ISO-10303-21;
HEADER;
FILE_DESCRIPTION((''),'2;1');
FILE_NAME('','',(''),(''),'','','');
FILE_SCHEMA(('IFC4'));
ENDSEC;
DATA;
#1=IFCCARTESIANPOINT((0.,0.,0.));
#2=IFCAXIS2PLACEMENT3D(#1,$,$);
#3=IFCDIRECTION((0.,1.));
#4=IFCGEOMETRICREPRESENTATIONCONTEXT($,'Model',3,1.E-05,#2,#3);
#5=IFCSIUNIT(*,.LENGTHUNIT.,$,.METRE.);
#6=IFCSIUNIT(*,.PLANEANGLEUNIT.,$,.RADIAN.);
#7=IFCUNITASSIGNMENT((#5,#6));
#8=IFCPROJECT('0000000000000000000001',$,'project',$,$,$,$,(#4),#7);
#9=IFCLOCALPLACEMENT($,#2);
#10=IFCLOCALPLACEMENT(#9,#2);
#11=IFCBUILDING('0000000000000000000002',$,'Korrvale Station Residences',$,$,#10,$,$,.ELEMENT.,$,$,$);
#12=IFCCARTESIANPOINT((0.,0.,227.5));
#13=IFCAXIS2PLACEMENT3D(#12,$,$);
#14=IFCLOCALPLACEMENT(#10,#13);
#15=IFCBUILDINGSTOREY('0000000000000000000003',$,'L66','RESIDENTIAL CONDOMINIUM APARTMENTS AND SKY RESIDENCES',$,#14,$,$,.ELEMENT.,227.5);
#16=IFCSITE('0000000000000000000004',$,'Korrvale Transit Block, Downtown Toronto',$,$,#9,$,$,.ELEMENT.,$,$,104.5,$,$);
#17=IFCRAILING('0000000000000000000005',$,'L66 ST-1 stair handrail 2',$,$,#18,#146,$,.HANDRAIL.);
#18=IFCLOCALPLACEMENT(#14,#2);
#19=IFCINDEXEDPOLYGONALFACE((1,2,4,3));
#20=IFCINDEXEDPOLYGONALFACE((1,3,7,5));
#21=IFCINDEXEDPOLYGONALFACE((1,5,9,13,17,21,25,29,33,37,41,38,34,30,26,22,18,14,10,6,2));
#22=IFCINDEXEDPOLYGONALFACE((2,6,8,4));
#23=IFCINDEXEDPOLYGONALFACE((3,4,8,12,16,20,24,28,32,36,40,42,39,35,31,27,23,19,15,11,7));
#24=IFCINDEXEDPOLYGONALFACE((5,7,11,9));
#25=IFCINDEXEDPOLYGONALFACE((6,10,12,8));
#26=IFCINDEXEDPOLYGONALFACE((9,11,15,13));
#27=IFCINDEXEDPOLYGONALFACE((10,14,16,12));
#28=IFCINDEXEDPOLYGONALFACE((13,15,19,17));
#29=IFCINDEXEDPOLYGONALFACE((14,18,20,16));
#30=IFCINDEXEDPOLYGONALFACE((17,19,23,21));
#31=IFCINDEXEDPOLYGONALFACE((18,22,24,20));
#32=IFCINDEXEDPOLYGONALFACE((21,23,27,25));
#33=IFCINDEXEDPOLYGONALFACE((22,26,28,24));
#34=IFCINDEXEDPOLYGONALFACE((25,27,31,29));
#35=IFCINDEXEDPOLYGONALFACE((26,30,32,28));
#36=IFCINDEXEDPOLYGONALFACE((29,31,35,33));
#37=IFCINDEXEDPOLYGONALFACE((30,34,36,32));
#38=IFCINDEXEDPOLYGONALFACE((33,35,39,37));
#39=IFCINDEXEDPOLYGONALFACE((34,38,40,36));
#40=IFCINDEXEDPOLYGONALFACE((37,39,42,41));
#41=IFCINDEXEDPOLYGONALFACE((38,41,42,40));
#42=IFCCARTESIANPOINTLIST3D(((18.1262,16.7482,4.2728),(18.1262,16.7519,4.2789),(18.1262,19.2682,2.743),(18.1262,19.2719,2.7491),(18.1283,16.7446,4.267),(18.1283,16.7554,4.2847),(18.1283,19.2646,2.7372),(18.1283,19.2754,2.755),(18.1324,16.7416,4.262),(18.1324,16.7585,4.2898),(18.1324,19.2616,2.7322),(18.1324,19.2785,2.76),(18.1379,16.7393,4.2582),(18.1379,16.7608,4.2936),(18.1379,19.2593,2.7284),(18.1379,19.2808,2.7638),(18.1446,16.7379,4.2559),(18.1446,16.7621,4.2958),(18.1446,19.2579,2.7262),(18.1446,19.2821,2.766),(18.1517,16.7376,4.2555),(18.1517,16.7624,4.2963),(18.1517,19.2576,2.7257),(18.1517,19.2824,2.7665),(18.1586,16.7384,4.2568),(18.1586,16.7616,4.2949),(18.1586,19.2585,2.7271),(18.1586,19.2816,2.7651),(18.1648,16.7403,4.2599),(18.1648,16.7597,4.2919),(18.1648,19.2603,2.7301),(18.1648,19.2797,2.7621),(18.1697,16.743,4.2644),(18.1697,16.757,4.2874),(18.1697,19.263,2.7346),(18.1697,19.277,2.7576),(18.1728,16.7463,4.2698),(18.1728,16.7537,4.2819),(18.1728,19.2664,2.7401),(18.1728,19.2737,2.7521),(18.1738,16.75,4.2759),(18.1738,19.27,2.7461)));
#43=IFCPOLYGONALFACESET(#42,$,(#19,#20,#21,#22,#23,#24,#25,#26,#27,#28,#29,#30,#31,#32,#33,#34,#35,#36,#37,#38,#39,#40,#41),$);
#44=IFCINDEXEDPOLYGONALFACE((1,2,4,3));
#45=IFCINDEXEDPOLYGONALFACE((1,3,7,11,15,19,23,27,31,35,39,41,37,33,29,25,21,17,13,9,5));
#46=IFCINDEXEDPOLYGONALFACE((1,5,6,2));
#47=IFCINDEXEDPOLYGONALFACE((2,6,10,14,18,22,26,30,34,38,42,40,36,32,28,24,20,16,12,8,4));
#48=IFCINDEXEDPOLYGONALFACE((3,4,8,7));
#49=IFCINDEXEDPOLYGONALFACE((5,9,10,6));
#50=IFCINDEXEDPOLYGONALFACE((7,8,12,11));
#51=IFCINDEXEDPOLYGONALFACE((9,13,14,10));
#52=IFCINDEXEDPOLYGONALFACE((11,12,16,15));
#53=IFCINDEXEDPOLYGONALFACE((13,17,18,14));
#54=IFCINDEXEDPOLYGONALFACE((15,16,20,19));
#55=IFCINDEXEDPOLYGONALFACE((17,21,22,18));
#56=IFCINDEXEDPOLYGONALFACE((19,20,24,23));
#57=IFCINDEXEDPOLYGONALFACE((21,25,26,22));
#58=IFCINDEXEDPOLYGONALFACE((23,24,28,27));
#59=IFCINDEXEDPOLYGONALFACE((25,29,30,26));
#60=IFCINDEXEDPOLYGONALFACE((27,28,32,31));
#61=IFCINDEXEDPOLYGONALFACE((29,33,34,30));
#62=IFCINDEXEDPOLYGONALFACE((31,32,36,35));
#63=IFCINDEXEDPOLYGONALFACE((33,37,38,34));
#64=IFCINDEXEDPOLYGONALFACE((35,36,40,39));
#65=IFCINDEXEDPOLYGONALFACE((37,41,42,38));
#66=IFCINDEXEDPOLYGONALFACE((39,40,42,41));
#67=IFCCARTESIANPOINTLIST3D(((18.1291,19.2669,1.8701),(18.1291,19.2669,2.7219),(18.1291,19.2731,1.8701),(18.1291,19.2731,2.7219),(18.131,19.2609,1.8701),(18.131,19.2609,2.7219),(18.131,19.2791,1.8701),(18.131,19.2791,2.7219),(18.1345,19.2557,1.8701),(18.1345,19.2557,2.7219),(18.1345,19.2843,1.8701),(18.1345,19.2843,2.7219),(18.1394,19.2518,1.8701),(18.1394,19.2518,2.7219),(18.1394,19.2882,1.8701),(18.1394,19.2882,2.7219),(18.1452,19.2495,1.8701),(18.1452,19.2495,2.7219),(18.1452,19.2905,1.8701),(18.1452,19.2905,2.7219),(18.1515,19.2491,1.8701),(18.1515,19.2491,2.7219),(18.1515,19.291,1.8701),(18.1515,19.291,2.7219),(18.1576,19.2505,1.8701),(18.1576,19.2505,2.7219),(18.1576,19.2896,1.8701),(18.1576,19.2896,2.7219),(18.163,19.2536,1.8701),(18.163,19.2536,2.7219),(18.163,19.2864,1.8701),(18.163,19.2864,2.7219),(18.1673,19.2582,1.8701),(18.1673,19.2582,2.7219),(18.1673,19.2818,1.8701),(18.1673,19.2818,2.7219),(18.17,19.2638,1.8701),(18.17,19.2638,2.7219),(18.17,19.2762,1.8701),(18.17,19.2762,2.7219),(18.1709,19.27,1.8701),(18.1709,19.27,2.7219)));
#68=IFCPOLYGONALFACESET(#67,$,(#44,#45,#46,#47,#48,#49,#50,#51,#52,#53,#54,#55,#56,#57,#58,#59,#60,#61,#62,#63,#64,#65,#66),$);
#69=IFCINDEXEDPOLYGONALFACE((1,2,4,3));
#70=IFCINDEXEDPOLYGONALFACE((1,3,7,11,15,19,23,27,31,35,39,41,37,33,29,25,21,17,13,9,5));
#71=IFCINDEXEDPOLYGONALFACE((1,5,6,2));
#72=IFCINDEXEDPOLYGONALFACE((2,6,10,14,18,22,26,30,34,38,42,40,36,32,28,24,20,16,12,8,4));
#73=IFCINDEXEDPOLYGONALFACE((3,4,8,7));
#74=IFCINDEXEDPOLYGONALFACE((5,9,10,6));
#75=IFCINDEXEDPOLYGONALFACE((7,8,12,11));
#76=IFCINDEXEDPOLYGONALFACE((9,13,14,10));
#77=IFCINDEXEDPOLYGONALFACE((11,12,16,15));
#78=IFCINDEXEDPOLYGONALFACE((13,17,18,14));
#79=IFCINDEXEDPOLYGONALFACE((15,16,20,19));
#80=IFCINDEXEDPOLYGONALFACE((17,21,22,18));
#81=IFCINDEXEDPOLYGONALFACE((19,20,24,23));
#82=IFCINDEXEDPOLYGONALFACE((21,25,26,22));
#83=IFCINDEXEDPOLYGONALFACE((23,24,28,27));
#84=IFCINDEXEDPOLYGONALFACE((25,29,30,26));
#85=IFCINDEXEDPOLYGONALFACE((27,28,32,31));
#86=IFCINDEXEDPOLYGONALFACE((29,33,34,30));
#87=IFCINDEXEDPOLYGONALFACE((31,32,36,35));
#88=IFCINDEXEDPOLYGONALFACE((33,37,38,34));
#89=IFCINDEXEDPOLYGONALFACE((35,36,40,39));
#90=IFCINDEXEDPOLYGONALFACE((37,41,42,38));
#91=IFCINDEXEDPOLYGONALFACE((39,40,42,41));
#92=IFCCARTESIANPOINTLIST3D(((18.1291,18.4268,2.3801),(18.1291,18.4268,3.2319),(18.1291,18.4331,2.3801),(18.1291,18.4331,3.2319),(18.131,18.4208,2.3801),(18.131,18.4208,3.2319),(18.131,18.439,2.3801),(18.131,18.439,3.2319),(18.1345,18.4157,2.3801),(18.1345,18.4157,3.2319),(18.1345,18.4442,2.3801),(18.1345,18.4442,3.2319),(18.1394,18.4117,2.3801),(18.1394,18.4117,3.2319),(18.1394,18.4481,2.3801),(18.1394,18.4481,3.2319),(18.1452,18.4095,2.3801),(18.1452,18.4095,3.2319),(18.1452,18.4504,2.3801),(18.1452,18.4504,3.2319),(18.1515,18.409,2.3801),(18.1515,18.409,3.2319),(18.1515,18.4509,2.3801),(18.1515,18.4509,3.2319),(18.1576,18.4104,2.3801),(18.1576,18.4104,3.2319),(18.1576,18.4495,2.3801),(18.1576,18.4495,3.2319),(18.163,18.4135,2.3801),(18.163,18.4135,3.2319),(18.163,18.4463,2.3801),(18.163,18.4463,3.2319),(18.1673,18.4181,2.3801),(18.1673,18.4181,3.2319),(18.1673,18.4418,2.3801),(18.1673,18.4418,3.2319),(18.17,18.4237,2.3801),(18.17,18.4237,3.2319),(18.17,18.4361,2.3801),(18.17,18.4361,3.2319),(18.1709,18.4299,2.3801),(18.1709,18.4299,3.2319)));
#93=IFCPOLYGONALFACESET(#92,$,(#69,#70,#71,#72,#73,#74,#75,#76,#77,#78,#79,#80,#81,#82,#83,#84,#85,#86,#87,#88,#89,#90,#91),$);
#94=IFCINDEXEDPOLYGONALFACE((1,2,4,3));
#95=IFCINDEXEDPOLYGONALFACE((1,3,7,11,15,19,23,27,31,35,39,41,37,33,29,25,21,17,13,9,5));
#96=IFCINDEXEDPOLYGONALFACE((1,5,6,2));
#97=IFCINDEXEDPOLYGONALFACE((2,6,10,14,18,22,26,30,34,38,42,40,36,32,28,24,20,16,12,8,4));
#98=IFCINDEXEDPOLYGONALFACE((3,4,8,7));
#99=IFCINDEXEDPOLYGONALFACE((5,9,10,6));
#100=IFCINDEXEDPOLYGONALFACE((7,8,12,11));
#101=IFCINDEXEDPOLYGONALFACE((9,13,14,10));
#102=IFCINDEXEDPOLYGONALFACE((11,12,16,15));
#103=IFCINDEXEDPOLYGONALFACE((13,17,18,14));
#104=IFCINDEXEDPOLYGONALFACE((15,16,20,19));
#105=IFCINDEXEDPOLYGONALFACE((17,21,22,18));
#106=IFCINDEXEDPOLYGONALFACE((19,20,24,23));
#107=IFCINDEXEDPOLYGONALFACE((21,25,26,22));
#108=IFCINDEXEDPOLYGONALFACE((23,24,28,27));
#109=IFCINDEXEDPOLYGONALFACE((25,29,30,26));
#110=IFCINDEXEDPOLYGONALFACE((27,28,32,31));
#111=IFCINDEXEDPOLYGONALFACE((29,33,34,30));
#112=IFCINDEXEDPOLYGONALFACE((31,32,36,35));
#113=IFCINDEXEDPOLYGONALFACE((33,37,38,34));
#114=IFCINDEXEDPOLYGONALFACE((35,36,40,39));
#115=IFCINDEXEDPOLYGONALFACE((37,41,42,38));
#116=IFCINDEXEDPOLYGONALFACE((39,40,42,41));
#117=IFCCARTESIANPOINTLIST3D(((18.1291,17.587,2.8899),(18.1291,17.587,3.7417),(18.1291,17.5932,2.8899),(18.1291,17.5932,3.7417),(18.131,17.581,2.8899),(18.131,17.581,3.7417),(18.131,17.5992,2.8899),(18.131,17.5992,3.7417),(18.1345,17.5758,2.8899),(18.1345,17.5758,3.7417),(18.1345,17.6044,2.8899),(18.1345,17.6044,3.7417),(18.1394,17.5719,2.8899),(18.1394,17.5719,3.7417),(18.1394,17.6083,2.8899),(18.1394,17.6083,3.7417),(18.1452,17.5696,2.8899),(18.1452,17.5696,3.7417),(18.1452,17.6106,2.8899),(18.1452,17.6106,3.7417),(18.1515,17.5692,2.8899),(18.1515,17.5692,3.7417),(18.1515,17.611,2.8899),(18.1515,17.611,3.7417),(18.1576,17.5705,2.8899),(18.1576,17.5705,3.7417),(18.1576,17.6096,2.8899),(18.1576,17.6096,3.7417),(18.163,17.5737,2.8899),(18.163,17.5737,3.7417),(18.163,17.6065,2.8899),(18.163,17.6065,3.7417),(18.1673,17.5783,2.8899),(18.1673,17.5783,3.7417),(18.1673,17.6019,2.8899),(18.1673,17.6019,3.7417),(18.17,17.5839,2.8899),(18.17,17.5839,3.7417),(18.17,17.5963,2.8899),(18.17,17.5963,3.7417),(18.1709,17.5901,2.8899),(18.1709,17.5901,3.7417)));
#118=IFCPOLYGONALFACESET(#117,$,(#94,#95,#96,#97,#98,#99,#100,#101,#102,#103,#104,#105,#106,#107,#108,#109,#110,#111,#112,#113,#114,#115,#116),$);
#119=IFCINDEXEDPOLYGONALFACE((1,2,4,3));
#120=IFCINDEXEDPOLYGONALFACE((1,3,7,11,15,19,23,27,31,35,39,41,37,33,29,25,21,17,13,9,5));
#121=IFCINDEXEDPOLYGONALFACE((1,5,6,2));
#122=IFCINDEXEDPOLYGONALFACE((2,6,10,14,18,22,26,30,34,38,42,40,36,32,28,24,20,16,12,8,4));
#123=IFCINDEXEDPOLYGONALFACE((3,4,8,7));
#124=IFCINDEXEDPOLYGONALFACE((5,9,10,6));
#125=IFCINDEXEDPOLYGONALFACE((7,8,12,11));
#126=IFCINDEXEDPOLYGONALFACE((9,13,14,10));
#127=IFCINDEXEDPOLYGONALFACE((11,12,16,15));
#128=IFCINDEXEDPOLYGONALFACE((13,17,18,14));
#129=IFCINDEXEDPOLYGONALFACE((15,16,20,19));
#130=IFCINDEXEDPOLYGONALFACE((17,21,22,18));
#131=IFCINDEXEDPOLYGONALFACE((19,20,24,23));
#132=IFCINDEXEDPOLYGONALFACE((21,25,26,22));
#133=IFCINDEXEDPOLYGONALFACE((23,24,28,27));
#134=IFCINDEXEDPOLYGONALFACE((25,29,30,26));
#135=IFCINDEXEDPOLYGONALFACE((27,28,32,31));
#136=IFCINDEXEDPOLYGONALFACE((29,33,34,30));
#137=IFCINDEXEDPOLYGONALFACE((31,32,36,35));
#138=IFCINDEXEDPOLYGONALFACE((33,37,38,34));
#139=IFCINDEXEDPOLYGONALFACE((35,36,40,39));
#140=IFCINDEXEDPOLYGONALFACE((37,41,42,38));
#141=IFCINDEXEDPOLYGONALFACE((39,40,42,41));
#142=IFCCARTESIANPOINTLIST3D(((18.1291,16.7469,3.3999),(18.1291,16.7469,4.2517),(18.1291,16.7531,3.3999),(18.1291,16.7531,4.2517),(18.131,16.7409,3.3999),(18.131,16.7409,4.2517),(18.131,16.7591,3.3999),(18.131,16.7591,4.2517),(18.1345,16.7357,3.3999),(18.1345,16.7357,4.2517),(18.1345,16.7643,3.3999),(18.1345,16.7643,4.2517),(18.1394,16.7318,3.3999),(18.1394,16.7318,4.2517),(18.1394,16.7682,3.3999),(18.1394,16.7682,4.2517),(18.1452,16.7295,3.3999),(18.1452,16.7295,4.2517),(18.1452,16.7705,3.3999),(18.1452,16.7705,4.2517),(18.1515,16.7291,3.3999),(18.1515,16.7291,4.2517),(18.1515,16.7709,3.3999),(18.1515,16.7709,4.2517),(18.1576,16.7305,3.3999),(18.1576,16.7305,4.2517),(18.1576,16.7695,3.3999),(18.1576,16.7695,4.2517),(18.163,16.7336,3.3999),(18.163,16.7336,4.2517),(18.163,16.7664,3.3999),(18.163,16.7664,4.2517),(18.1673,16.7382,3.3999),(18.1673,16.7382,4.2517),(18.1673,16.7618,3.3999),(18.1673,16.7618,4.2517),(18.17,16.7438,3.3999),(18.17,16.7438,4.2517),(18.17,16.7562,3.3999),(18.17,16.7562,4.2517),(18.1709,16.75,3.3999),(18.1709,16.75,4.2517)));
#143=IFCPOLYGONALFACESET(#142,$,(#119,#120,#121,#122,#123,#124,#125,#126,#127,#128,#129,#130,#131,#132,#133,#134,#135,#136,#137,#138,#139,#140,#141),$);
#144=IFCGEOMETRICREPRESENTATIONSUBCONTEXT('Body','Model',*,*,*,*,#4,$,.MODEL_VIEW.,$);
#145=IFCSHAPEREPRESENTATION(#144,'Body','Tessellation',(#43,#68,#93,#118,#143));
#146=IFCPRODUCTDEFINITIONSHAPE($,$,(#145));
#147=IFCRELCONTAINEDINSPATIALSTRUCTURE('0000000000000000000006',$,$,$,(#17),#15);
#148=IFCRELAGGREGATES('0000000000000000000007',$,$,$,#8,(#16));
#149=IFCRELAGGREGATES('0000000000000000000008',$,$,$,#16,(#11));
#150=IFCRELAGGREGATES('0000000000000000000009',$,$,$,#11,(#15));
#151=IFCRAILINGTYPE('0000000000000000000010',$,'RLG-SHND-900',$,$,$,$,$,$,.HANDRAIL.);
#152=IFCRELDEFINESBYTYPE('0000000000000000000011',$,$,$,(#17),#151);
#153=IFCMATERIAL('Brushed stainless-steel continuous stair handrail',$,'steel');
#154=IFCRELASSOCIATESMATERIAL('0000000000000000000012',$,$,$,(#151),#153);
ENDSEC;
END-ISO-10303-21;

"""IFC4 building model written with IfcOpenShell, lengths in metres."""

from ifc_helpers import new_model, si_unit, direction, frame, origin, origin_2d, place, context, subcontext, project, spatial, circle, extrude, material, type_object, element, save


model = new_model("IFC4")

# Units and contexts
model_context = context("Model", 3, precision=1e-05, world=origin(), true_north=direction((0.0, 1.0)))
body_context = subcontext(model_context, "Body", "Model", "MODEL_VIEW")
ifc_project = project(units=[si_unit("LENGTHUNIT", "METRE"), si_unit("PLANEANGLEUNIT", "RADIAN")], contexts=[model_context])

# Site, building, storey
site_placement = place(None, origin())
site = spatial("IfcSite", under=ifc_project, at=site_placement, Name="Korrvale Transit Block, Downtown Toronto", CompositionType="ELEMENT", RefElevation=104.5)
building_placement = place(site_placement, origin())
building = spatial("IfcBuilding", under=site, at=building_placement, Name="Korrvale Station Residences", CompositionType="ELEMENT")
storey_placement = place(building_placement, frame((0.0, 0.0, 227.5)))
storey = spatial("IfcBuildingStorey", under=building, at=storey_placement, Name="L66", Description="RESIDENTIAL CONDOMINIUM APARTMENTS AND SKY RESIDENCES", CompositionType="ELEMENT", Elevation=227.5)

# Railing
ifc_material_1 = material(Name="Brushed stainless-steel continuous stair handrail", Category="steel")
railing_type_1 = type_object("IfcRailingType", Name="RLG-SHND-900", PredefinedType="HANDRAIL", material=ifc_material_1)
railing_1_placement = place(storey_placement, frame((18.1499, 19.27, 1.8701)))
element("IfcRailing", 1, at=railing_1_placement, inside=storey, type_object=railing_type_1, Name="L66 ST-1 stair handrail 2", PredefinedType="HANDRAIL", context=body_context, shape_type="SweptSolid", body=[
    extrude(circle(Radius=0.0239, at=origin_2d()), frame((0.0, 0.0, 0.876), z_axis=(0.0, -0.854822, 0.518922), x_axis=(1.0, 0.0, 0.0)), (0.0, 0.0, 1.0), 2.948),
    extrude(circle(Radius=0.021, at=origin_2d()), origin(), (0.0, 0.0, 1.0), 0.8518),
    extrude(circle(Radius=0.021, at=origin_2d()), frame((0.0, -0.8401, 0.51)), (0.0, 0.0, 1.0), 0.8518),
    extrude(circle(Radius=0.021, at=origin_2d()), frame((0.0, -1.6799, 1.0198)), (0.0, 0.0, 1.0), 0.8518),
    extrude(circle(Radius=0.021, at=origin_2d()), frame((0.0, -2.52, 1.5298)), (0.0, 0.0, 1.0), 0.8518),
])

save(model, "model.ifc")
